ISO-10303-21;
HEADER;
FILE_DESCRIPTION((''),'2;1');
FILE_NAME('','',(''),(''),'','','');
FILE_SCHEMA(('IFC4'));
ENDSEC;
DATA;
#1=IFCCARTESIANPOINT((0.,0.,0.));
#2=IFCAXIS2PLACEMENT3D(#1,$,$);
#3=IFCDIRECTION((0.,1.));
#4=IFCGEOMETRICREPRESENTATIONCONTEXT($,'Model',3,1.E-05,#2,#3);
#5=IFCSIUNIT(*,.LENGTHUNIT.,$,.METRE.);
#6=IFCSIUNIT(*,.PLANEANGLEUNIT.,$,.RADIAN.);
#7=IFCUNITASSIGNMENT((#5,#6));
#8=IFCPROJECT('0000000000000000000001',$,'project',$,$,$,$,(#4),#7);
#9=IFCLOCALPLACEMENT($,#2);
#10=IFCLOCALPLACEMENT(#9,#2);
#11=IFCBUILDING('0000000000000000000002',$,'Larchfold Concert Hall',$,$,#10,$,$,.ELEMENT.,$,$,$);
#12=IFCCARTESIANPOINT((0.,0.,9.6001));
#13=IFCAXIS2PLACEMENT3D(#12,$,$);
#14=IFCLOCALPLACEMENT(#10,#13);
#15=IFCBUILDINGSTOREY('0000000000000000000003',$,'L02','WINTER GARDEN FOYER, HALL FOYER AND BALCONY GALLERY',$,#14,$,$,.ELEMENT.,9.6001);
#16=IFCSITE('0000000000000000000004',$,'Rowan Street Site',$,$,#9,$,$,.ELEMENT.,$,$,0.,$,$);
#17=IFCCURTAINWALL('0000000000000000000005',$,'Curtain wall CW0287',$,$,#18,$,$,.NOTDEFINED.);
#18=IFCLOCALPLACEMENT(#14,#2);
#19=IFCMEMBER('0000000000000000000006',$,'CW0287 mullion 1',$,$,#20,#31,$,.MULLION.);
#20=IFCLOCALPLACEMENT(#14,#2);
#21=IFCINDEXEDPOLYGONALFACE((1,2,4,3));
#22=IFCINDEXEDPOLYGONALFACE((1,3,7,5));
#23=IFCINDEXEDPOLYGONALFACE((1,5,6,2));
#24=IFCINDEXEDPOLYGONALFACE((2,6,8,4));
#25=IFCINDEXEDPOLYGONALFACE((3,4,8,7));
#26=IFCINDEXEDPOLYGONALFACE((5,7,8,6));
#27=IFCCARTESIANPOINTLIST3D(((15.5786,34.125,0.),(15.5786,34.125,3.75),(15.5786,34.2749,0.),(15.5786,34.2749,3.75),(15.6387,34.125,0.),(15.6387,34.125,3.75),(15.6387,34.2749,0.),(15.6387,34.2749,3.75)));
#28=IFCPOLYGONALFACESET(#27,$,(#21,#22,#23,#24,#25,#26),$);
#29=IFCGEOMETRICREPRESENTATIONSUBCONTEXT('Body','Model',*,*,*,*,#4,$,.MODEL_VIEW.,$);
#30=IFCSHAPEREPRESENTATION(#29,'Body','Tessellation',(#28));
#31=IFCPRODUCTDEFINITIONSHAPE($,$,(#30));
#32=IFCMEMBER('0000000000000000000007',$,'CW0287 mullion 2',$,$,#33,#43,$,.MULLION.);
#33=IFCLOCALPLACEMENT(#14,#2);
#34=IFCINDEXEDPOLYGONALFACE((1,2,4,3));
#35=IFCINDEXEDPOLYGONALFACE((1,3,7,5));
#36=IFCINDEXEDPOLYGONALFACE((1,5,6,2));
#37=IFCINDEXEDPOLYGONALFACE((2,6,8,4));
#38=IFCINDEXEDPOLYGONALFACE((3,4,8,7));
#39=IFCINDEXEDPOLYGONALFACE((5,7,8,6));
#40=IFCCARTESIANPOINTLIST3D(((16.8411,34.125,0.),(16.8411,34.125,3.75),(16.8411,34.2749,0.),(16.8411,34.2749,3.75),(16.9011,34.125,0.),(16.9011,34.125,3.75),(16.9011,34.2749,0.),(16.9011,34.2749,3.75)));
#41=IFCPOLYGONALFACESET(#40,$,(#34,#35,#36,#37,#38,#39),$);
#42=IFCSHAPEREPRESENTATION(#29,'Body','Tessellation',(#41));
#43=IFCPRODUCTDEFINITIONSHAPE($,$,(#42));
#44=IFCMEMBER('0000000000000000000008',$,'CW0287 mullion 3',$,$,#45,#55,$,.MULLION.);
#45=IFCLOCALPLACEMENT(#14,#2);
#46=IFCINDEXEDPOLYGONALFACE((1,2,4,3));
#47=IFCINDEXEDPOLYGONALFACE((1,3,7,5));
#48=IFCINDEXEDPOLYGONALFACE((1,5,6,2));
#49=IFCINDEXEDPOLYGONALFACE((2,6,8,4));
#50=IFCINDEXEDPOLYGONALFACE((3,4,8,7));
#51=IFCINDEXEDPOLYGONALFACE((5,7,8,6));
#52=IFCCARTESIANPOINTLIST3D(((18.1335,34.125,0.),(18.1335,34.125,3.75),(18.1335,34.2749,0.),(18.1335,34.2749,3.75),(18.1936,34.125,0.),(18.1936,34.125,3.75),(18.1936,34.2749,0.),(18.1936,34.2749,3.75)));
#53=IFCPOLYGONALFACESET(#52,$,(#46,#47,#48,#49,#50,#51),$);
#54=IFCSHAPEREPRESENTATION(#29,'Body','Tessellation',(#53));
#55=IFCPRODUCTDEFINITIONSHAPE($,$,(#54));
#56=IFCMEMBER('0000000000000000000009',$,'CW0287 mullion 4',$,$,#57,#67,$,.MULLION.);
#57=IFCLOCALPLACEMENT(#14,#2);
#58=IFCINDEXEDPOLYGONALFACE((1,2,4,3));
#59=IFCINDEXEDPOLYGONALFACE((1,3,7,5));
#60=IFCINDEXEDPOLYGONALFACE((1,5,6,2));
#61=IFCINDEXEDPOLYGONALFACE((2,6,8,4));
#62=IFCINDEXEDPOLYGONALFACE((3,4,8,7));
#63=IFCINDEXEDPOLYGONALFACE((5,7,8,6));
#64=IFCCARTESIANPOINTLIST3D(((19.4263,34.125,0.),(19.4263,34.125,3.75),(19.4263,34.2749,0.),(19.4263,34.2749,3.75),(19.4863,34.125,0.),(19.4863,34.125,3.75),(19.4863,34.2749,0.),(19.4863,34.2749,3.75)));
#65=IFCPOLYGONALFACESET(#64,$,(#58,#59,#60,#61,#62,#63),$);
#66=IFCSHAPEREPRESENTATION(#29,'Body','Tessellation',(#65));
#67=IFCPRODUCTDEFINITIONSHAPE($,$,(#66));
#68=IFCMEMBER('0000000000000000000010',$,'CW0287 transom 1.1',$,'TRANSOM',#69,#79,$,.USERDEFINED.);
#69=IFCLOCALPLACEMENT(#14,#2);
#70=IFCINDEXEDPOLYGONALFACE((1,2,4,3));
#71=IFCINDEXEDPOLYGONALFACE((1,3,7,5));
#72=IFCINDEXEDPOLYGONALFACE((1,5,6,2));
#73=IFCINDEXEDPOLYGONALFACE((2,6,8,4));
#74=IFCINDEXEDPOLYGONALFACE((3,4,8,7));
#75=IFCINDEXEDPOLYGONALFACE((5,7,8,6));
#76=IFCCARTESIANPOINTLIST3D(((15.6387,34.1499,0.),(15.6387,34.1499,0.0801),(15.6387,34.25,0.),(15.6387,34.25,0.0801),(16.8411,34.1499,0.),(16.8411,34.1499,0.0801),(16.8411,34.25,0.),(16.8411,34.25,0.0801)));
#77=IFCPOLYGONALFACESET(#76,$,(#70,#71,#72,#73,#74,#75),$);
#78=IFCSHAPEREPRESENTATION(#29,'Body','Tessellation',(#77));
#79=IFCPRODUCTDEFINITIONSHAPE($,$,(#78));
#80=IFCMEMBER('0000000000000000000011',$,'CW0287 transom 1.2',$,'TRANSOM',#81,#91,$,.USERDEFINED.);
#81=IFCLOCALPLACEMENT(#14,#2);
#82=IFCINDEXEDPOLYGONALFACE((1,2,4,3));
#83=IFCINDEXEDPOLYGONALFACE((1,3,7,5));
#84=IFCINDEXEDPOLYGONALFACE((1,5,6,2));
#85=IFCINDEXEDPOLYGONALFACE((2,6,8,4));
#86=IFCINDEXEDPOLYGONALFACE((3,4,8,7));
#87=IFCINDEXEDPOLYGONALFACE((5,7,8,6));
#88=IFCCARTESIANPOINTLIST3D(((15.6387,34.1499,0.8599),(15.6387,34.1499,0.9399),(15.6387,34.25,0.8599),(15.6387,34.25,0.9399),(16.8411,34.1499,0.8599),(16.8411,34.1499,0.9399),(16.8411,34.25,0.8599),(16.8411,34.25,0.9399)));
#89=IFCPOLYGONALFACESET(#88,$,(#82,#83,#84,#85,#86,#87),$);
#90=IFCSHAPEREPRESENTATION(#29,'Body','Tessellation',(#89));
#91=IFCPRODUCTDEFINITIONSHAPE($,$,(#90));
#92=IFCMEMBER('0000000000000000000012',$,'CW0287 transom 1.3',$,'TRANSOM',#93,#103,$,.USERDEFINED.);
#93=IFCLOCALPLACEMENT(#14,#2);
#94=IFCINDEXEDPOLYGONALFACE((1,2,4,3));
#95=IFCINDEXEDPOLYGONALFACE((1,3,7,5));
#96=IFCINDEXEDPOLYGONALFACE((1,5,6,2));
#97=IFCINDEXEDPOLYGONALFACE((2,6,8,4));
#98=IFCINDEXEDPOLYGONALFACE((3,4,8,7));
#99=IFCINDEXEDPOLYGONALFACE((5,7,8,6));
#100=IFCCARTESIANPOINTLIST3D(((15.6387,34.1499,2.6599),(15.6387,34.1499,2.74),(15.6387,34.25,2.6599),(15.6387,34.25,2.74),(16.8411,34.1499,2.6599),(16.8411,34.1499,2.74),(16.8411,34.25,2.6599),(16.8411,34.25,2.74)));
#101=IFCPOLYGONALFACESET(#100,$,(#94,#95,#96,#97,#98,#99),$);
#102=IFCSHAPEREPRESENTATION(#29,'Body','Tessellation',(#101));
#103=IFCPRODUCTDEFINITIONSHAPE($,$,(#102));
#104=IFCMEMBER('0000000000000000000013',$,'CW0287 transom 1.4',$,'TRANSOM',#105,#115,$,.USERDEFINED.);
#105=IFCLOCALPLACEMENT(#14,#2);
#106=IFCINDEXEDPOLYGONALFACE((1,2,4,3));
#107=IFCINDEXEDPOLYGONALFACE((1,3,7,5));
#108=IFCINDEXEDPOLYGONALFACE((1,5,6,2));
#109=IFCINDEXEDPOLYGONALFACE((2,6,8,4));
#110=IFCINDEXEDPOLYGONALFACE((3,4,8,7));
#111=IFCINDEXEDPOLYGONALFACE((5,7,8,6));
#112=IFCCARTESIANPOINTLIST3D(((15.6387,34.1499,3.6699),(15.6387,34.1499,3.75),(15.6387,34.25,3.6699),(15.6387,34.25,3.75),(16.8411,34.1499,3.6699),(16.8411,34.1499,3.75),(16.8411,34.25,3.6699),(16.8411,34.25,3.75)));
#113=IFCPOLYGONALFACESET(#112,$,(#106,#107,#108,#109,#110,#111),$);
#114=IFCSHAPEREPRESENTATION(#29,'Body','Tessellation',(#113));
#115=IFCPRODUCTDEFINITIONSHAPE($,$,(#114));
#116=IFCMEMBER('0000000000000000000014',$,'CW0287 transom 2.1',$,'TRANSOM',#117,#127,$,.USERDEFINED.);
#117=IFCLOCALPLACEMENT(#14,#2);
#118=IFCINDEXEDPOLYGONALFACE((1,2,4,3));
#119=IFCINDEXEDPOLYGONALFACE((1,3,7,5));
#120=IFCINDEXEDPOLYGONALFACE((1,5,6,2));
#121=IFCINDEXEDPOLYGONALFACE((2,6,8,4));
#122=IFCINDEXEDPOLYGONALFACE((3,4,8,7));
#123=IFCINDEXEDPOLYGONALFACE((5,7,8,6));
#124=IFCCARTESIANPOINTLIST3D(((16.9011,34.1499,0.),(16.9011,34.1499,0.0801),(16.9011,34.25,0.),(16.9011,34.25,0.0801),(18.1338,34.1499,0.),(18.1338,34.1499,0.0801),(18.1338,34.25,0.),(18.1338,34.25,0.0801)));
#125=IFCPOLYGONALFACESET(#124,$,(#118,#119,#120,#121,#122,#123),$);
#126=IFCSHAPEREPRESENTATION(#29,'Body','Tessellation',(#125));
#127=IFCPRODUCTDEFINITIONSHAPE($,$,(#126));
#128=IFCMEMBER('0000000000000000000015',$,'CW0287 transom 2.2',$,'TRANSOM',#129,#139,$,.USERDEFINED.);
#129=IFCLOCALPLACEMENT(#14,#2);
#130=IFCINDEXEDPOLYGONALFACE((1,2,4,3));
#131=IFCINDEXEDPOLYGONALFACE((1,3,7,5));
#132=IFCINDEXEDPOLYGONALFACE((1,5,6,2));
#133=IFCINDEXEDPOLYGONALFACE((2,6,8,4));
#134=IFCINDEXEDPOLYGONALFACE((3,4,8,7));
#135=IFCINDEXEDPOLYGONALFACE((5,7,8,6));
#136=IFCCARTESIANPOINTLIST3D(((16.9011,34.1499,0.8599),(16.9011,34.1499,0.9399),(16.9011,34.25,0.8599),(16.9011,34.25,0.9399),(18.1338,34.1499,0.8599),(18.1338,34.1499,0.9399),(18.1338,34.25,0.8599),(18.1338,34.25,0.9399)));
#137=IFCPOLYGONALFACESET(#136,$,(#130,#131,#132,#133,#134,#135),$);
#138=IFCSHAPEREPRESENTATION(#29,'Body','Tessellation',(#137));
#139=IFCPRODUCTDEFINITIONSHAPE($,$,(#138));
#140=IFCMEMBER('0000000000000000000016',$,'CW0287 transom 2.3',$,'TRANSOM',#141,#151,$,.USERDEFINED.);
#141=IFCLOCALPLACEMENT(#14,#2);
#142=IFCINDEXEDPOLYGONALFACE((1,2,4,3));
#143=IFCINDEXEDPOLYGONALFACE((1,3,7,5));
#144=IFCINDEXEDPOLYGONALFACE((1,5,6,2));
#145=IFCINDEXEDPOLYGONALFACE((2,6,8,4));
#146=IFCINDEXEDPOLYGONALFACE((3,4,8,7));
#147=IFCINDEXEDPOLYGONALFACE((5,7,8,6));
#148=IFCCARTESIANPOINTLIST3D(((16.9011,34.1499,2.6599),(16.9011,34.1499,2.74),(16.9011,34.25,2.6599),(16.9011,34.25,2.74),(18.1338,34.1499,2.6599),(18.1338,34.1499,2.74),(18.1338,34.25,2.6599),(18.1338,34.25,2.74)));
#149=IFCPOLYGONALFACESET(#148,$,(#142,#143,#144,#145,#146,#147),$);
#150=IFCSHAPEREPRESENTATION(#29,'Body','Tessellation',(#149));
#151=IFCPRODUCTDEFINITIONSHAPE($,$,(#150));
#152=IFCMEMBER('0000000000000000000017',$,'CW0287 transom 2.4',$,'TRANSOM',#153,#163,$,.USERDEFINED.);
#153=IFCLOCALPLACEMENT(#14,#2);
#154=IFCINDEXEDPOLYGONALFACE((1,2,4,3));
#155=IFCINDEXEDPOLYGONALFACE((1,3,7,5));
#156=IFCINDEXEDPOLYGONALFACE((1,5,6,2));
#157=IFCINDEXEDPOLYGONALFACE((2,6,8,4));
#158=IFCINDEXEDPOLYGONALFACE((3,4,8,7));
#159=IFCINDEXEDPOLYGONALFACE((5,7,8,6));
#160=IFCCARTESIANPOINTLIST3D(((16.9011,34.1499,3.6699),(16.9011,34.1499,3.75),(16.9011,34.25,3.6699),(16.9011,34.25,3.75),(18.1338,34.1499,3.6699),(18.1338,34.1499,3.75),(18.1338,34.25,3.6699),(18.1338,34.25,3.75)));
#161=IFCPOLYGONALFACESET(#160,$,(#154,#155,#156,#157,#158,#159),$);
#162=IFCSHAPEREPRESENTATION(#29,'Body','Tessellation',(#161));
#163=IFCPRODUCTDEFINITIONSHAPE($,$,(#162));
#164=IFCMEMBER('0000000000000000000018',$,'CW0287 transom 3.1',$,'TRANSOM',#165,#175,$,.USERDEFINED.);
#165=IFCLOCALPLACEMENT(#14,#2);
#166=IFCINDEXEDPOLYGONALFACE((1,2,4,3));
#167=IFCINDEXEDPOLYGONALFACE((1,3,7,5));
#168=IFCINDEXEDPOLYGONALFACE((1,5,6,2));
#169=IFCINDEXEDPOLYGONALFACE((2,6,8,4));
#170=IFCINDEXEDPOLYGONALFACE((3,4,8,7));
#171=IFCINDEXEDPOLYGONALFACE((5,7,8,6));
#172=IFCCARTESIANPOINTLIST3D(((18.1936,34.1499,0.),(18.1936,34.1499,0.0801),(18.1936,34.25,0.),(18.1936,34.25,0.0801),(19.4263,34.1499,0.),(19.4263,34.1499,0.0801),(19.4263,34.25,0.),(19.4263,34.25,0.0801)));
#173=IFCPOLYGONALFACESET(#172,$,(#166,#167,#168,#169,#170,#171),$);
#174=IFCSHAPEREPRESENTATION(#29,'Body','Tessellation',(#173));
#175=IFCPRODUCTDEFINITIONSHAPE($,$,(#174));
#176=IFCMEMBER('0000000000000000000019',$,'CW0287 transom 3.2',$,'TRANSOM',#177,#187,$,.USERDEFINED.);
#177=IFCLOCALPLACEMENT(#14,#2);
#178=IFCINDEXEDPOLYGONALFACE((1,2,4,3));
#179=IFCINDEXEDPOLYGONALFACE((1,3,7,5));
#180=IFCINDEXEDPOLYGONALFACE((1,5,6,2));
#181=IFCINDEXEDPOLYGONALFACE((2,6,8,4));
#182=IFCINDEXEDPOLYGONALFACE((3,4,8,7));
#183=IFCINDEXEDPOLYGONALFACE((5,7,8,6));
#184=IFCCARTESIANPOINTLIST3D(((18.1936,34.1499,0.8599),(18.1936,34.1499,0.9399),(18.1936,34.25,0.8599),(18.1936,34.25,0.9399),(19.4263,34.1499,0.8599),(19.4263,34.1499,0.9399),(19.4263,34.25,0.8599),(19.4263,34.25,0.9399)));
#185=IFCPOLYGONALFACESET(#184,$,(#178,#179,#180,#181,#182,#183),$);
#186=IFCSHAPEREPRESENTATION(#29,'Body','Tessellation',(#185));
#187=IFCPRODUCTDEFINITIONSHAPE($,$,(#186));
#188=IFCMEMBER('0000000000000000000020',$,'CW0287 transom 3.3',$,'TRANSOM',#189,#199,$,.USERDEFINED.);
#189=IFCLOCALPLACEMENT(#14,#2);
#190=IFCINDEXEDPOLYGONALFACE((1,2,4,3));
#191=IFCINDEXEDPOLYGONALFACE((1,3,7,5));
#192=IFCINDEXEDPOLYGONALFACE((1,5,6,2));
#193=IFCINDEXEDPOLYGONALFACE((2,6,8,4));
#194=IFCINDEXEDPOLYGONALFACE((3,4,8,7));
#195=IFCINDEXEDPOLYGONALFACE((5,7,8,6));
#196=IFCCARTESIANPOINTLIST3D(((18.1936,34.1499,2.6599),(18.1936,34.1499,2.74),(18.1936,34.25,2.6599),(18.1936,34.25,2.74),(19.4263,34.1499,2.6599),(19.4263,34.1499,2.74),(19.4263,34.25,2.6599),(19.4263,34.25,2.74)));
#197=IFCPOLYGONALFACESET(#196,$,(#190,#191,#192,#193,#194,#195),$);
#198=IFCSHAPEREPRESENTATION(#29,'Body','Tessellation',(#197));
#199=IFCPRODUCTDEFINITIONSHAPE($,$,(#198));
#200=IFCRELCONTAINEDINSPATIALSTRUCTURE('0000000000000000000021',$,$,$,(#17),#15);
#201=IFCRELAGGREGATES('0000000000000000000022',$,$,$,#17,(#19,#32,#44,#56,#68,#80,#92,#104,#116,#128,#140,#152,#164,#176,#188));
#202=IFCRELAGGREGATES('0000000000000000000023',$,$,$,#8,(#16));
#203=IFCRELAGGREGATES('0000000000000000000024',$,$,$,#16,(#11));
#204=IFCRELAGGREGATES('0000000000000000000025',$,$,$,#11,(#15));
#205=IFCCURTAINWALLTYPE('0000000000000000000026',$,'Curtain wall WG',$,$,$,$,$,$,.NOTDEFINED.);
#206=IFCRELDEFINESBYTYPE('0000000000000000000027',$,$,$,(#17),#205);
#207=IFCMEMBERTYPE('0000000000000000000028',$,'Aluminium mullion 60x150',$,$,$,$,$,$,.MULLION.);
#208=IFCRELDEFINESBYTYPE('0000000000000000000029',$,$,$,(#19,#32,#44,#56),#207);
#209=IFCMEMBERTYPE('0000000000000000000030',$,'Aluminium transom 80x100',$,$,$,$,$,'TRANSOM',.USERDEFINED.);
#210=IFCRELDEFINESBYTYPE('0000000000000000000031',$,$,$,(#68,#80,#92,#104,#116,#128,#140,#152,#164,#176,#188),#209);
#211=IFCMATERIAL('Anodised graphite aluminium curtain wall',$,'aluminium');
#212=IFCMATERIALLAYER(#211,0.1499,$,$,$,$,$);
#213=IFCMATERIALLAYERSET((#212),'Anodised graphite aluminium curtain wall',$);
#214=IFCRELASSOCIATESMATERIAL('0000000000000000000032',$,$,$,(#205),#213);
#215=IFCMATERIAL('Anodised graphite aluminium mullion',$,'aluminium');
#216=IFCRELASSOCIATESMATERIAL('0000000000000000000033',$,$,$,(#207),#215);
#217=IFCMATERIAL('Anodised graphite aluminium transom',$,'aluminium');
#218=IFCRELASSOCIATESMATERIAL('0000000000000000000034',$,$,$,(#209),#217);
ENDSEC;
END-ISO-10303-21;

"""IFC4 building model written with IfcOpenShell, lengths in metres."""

from ifc_helpers import new_model, si_unit, direction, frame, origin, origin_2d, place, context, subcontext, project, spatial, rectangle, extrude, material, layer, layer_set, material_profile, profile_set, type_object, element, aggregate, save


model = new_model("IFC4")

# Units and contexts
model_context = context("Model", 3, precision=1e-05, world=origin(), true_north=direction((0.0, 1.0)))
body_context = subcontext(model_context, "Body", "Model", "MODEL_VIEW")
ifc_project = project(units=[si_unit("LENGTHUNIT", "METRE"), si_unit("PLANEANGLEUNIT", "RADIAN")], contexts=[model_context])

# Site, building, storey
site_placement = place(None, origin())
site = spatial("IfcSite", under=ifc_project, at=site_placement, Name="Rowan Street Site", CompositionType="ELEMENT", RefElevation=0.0)
building_placement = place(site_placement, origin())
building = spatial("IfcBuilding", under=site, at=building_placement, Name="Larchfold Concert Hall", CompositionType="ELEMENT")
storey_placement = place(building_placement, frame((0.0, 0.0, 9.6001)))
storey = spatial("IfcBuildingStorey", under=building, at=storey_placement, Name="L02", Description="WINTER GARDEN FOYER, HALL FOYER AND BALCONY GALLERY", CompositionType="ELEMENT", Elevation=9.6001)

# Curtain wall, members
ifc_material_1 = material(Name="Anodised graphite aluminium curtain wall", Category="aluminium")
ifc_layer_1 = layer(ifc_material_1, 0.1499)
ifc_layer_set_1 = layer_set([ifc_layer_1], Name="Anodised graphite aluminium curtain wall")
curtain_wall_type = type_object("IfcCurtainWallType", Name="Curtain wall WG", PredefinedType="NOTDEFINED", material=ifc_layer_set_1)
curtain_wall_placement = place(storey_placement, origin())
curtain_wall = element("IfcCurtainWall", 1, at=curtain_wall_placement, inside=storey, type_object=curtain_wall_type, Name="Curtain wall CW0287", PredefinedType="NOTDEFINED")
ifc_material_2 = material(Name="Anodised graphite aluminium mullion", Category="aluminium")
ifc_material_profile_1 = material_profile(ifc_material_2, rectangle(XDim=0.1499, YDim=0.0601, at=origin_2d()))
ifc_profile_set_1 = profile_set([ifc_material_profile_1], Name="Anodised graphite aluminium mullion")
member_type_1 = type_object("IfcMemberType", Name="Aluminium mullion 60x150", PredefinedType="MULLION", material=ifc_profile_set_1)
member_1_placement = place(storey_placement, frame((15.6086, 34.2, 0.0), z_axis=(0.0, 0.0, 1.0), x_axis=(0.0, 1.0, 0.0)))
member_1 = element("IfcMember", 2, at=member_1_placement, type_object=member_type_1, Name="CW0287 mullion 1", PredefinedType="MULLION", context=body_context, shape_type="SweptSolid", body=[
    extrude(rectangle(XDim=0.1499, YDim=0.0601, at=origin_2d()), origin(), (0.0, 0.0, 1.0), 3.75),
])
member_2_placement = place(storey_placement, frame((16.8711, 34.2, 0.0), z_axis=(0.0, 0.0, 1.0), x_axis=(0.0, 1.0, 0.0)))
member_2 = element("IfcMember", 3, at=member_2_placement, type_object=member_type_1, Name="CW0287 mullion 2", PredefinedType="MULLION", context=body_context, shape_type="SweptSolid", body=[
    extrude(rectangle(XDim=0.1499, YDim=0.0601, at=origin_2d()), origin(), (0.0, 0.0, 1.0), 3.75),
])
member_3_placement = place(storey_placement, frame((18.1636, 34.2, 0.0), z_axis=(0.0, 0.0, 1.0), x_axis=(0.0, 1.0, 0.0)))
member_3 = element("IfcMember", 4, at=member_3_placement, type_object=member_type_1, Name="CW0287 mullion 3", PredefinedType="MULLION", context=body_context, shape_type="SweptSolid", body=[
    extrude(rectangle(XDim=0.1499, YDim=0.0601, at=origin_2d()), origin(), (0.0, 0.0, 1.0), 3.75),
])
member_4_placement = place(storey_placement, frame((19.4563, 34.2, 0.0), z_axis=(0.0, 0.0, 1.0), x_axis=(0.0, 1.0, 0.0)))
member_4 = element("IfcMember", 5, at=member_4_placement, type_object=member_type_1, Name="CW0287 mullion 4", PredefinedType="MULLION", context=body_context, shape_type="SweptSolid", body=[
    extrude(rectangle(XDim=0.1499, YDim=0.0601, at=origin_2d()), origin(), (0.0, 0.0, 1.0), 3.75),
])
ifc_material_3 = material(Name="Anodised graphite aluminium transom", Category="aluminium")
ifc_material_profile_2 = material_profile(ifc_material_3, rectangle(XDim=0.1001, YDim=0.0801, at=origin_2d()))
ifc_profile_set_2 = profile_set([ifc_material_profile_2], Name="Anodised graphite aluminium transom")
member_type_2 = type_object("IfcMemberType", Name="Aluminium transom 80x100", ElementType="TRANSOM", PredefinedType="USERDEFINED", material=ifc_profile_set_2)
member_5_placement = place(storey_placement, frame((15.6387, 34.2, 0.04), z_axis=(1.0, 0.0, 0.0), x_axis=(0.0, 1.0, 0.0)))
member_5 = element("IfcMember", 6, at=member_5_placement, type_object=member_type_2, Name="CW0287 transom 1.1", ObjectType="TRANSOM", PredefinedType="USERDEFINED", context=body_context, shape_type="SweptSolid", body=[
    extrude(rectangle(XDim=0.1001, YDim=0.0801, at=origin_2d()), origin(), (0.0, 0.0, 1.0), 1.2024),
])
member_6_placement = place(storey_placement, frame((15.6387, 34.2, 0.8999), z_axis=(1.0, 0.0, 0.0), x_axis=(0.0, 1.0, 0.0)))
member_6 = element("IfcMember", 7, at=member_6_placement, type_object=member_type_2, Name="CW0287 transom 1.2", ObjectType="TRANSOM", PredefinedType="USERDEFINED", context=body_context, shape_type="SweptSolid", body=[
    extrude(rectangle(XDim=0.1001, YDim=0.0801, at=origin_2d()), origin(), (0.0, 0.0, 1.0), 1.2024),
])
member_7_placement = place(storey_placement, frame((15.6387, 34.2, 2.7), z_axis=(1.0, 0.0, 0.0), x_axis=(0.0, 1.0, 0.0)))
member_7 = element("IfcMember", 8, at=member_7_placement, type_object=member_type_2, Name="CW0287 transom 1.3", ObjectType="TRANSOM", PredefinedType="USERDEFINED", context=body_context, shape_type="SweptSolid", body=[
    extrude(rectangle(XDim=0.1001, YDim=0.0801, at=origin_2d()), origin(), (0.0, 0.0, 1.0), 1.2024),
])
member_8_placement = place(storey_placement, frame((15.6387, 34.2, 3.71), z_axis=(1.0, 0.0, 0.0), x_axis=(0.0, 1.0, 0.0)))
member_8 = element("IfcMember", 9, at=member_8_placement, type_object=member_type_2, Name="CW0287 transom 1.4", ObjectType="TRANSOM", PredefinedType="USERDEFINED", context=body_context, shape_type="SweptSolid", body=[
    extrude(rectangle(XDim=0.1001, YDim=0.0801, at=origin_2d()), origin(), (0.0, 0.0, 1.0), 1.2024),
])
member_9_placement = place(storey_placement, frame((16.9011, 34.2, 0.04), z_axis=(1.0, 0.0, 0.0), x_axis=(0.0, 1.0, 0.0)))
member_9 = element("IfcMember", 10, at=member_9_placement, type_object=member_type_2, Name="CW0287 transom 2.1", ObjectType="TRANSOM", PredefinedType="USERDEFINED", context=body_context, shape_type="SweptSolid", body=[
    extrude(rectangle(XDim=0.1001, YDim=0.0801, at=origin_2d()), origin(), (0.0, 0.0, 1.0), 1.2327),
])
member_10_placement = place(storey_placement, frame((16.9011, 34.2, 0.8999), z_axis=(1.0, 0.0, 0.0), x_axis=(0.0, 1.0, 0.0)))
member_10 = element("IfcMember", 11, at=member_10_placement, type_object=member_type_2, Name="CW0287 transom 2.2", ObjectType="TRANSOM", PredefinedType="USERDEFINED", context=body_context, shape_type="SweptSolid", body=[
    extrude(rectangle(XDim=0.1001, YDim=0.0801, at=origin_2d()), origin(), (0.0, 0.0, 1.0), 1.2327),
])
member_11_placement = place(storey_placement, frame((16.9011, 34.2, 2.7), z_axis=(1.0, 0.0, 0.0), x_axis=(0.0, 1.0, 0.0)))
member_11 = element("IfcMember", 12, at=member_11_placement, type_object=member_type_2, Name="CW0287 transom 2.3", ObjectType="TRANSOM", PredefinedType="USERDEFINED", context=body_context, shape_type="SweptSolid", body=[
    extrude(rectangle(XDim=0.1001, YDim=0.0801, at=origin_2d()), origin(), (0.0, 0.0, 1.0), 1.2327),
])
member_12_placement = place(storey_placement, frame((16.9011, 34.2, 3.71), z_axis=(1.0, 0.0, 0.0), x_axis=(0.0, 1.0, 0.0)))
member_12 = element("IfcMember", 13, at=member_12_placement, type_object=member_type_2, Name="CW0287 transom 2.4", ObjectType="TRANSOM", PredefinedType="USERDEFINED", context=body_context, shape_type="SweptSolid", body=[
    extrude(rectangle(XDim=0.1001, YDim=0.0801, at=origin_2d()), origin(), (0.0, 0.0, 1.0), 1.2327),
])
member_13_placement = place(storey_placement, frame((18.1936, 34.2, 0.04), z_axis=(1.0, 0.0, 0.0), x_axis=(0.0, 1.0, 0.0)))
member_13 = element("IfcMember", 14, at=member_13_placement, type_object=member_type_2, Name="CW0287 transom 3.1", ObjectType="TRANSOM", PredefinedType="USERDEFINED", context=body_context, shape_type="SweptSolid", body=[
    extrude(rectangle(XDim=0.1001, YDim=0.0801, at=origin_2d()), origin(), (0.0, 0.0, 1.0), 1.2327),
])
member_14_placement = place(storey_placement, frame((18.1936, 34.2, 0.8999), z_axis=(1.0, 0.0, 0.0), x_axis=(0.0, 1.0, 0.0)))
member_14 = element("IfcMember", 15, at=member_14_placement, type_object=member_type_2, Name="CW0287 transom 3.2", ObjectType="TRANSOM", PredefinedType="USERDEFINED", context=body_context, shape_type="SweptSolid", body=[
    extrude(rectangle(XDim=0.1001, YDim=0.0801, at=origin_2d()), origin(), (0.0, 0.0, 1.0), 1.2327),
])
member_15_placement = place(storey_placement, frame((18.1936, 34.2, 2.7), z_axis=(1.0, 0.0, 0.0), x_axis=(0.0, 1.0, 0.0)))
member_15 = element("IfcMember", 16, at=member_15_placement, type_object=member_type_2, Name="CW0287 transom 3.3", ObjectType="TRANSOM", PredefinedType="USERDEFINED", context=body_context, shape_type="SweptSolid", body=[
    extrude(rectangle(XDim=0.1001, YDim=0.0801, at=origin_2d()), origin(), (0.0, 0.0, 1.0), 1.2327),
])

aggregate(curtain_wall, [member_1, member_2, member_3, member_4, member_5, member_6, member_7, member_8, member_9, member_10, member_11, member_12, member_13, member_14, member_15])

save(model, "model.ifc")
